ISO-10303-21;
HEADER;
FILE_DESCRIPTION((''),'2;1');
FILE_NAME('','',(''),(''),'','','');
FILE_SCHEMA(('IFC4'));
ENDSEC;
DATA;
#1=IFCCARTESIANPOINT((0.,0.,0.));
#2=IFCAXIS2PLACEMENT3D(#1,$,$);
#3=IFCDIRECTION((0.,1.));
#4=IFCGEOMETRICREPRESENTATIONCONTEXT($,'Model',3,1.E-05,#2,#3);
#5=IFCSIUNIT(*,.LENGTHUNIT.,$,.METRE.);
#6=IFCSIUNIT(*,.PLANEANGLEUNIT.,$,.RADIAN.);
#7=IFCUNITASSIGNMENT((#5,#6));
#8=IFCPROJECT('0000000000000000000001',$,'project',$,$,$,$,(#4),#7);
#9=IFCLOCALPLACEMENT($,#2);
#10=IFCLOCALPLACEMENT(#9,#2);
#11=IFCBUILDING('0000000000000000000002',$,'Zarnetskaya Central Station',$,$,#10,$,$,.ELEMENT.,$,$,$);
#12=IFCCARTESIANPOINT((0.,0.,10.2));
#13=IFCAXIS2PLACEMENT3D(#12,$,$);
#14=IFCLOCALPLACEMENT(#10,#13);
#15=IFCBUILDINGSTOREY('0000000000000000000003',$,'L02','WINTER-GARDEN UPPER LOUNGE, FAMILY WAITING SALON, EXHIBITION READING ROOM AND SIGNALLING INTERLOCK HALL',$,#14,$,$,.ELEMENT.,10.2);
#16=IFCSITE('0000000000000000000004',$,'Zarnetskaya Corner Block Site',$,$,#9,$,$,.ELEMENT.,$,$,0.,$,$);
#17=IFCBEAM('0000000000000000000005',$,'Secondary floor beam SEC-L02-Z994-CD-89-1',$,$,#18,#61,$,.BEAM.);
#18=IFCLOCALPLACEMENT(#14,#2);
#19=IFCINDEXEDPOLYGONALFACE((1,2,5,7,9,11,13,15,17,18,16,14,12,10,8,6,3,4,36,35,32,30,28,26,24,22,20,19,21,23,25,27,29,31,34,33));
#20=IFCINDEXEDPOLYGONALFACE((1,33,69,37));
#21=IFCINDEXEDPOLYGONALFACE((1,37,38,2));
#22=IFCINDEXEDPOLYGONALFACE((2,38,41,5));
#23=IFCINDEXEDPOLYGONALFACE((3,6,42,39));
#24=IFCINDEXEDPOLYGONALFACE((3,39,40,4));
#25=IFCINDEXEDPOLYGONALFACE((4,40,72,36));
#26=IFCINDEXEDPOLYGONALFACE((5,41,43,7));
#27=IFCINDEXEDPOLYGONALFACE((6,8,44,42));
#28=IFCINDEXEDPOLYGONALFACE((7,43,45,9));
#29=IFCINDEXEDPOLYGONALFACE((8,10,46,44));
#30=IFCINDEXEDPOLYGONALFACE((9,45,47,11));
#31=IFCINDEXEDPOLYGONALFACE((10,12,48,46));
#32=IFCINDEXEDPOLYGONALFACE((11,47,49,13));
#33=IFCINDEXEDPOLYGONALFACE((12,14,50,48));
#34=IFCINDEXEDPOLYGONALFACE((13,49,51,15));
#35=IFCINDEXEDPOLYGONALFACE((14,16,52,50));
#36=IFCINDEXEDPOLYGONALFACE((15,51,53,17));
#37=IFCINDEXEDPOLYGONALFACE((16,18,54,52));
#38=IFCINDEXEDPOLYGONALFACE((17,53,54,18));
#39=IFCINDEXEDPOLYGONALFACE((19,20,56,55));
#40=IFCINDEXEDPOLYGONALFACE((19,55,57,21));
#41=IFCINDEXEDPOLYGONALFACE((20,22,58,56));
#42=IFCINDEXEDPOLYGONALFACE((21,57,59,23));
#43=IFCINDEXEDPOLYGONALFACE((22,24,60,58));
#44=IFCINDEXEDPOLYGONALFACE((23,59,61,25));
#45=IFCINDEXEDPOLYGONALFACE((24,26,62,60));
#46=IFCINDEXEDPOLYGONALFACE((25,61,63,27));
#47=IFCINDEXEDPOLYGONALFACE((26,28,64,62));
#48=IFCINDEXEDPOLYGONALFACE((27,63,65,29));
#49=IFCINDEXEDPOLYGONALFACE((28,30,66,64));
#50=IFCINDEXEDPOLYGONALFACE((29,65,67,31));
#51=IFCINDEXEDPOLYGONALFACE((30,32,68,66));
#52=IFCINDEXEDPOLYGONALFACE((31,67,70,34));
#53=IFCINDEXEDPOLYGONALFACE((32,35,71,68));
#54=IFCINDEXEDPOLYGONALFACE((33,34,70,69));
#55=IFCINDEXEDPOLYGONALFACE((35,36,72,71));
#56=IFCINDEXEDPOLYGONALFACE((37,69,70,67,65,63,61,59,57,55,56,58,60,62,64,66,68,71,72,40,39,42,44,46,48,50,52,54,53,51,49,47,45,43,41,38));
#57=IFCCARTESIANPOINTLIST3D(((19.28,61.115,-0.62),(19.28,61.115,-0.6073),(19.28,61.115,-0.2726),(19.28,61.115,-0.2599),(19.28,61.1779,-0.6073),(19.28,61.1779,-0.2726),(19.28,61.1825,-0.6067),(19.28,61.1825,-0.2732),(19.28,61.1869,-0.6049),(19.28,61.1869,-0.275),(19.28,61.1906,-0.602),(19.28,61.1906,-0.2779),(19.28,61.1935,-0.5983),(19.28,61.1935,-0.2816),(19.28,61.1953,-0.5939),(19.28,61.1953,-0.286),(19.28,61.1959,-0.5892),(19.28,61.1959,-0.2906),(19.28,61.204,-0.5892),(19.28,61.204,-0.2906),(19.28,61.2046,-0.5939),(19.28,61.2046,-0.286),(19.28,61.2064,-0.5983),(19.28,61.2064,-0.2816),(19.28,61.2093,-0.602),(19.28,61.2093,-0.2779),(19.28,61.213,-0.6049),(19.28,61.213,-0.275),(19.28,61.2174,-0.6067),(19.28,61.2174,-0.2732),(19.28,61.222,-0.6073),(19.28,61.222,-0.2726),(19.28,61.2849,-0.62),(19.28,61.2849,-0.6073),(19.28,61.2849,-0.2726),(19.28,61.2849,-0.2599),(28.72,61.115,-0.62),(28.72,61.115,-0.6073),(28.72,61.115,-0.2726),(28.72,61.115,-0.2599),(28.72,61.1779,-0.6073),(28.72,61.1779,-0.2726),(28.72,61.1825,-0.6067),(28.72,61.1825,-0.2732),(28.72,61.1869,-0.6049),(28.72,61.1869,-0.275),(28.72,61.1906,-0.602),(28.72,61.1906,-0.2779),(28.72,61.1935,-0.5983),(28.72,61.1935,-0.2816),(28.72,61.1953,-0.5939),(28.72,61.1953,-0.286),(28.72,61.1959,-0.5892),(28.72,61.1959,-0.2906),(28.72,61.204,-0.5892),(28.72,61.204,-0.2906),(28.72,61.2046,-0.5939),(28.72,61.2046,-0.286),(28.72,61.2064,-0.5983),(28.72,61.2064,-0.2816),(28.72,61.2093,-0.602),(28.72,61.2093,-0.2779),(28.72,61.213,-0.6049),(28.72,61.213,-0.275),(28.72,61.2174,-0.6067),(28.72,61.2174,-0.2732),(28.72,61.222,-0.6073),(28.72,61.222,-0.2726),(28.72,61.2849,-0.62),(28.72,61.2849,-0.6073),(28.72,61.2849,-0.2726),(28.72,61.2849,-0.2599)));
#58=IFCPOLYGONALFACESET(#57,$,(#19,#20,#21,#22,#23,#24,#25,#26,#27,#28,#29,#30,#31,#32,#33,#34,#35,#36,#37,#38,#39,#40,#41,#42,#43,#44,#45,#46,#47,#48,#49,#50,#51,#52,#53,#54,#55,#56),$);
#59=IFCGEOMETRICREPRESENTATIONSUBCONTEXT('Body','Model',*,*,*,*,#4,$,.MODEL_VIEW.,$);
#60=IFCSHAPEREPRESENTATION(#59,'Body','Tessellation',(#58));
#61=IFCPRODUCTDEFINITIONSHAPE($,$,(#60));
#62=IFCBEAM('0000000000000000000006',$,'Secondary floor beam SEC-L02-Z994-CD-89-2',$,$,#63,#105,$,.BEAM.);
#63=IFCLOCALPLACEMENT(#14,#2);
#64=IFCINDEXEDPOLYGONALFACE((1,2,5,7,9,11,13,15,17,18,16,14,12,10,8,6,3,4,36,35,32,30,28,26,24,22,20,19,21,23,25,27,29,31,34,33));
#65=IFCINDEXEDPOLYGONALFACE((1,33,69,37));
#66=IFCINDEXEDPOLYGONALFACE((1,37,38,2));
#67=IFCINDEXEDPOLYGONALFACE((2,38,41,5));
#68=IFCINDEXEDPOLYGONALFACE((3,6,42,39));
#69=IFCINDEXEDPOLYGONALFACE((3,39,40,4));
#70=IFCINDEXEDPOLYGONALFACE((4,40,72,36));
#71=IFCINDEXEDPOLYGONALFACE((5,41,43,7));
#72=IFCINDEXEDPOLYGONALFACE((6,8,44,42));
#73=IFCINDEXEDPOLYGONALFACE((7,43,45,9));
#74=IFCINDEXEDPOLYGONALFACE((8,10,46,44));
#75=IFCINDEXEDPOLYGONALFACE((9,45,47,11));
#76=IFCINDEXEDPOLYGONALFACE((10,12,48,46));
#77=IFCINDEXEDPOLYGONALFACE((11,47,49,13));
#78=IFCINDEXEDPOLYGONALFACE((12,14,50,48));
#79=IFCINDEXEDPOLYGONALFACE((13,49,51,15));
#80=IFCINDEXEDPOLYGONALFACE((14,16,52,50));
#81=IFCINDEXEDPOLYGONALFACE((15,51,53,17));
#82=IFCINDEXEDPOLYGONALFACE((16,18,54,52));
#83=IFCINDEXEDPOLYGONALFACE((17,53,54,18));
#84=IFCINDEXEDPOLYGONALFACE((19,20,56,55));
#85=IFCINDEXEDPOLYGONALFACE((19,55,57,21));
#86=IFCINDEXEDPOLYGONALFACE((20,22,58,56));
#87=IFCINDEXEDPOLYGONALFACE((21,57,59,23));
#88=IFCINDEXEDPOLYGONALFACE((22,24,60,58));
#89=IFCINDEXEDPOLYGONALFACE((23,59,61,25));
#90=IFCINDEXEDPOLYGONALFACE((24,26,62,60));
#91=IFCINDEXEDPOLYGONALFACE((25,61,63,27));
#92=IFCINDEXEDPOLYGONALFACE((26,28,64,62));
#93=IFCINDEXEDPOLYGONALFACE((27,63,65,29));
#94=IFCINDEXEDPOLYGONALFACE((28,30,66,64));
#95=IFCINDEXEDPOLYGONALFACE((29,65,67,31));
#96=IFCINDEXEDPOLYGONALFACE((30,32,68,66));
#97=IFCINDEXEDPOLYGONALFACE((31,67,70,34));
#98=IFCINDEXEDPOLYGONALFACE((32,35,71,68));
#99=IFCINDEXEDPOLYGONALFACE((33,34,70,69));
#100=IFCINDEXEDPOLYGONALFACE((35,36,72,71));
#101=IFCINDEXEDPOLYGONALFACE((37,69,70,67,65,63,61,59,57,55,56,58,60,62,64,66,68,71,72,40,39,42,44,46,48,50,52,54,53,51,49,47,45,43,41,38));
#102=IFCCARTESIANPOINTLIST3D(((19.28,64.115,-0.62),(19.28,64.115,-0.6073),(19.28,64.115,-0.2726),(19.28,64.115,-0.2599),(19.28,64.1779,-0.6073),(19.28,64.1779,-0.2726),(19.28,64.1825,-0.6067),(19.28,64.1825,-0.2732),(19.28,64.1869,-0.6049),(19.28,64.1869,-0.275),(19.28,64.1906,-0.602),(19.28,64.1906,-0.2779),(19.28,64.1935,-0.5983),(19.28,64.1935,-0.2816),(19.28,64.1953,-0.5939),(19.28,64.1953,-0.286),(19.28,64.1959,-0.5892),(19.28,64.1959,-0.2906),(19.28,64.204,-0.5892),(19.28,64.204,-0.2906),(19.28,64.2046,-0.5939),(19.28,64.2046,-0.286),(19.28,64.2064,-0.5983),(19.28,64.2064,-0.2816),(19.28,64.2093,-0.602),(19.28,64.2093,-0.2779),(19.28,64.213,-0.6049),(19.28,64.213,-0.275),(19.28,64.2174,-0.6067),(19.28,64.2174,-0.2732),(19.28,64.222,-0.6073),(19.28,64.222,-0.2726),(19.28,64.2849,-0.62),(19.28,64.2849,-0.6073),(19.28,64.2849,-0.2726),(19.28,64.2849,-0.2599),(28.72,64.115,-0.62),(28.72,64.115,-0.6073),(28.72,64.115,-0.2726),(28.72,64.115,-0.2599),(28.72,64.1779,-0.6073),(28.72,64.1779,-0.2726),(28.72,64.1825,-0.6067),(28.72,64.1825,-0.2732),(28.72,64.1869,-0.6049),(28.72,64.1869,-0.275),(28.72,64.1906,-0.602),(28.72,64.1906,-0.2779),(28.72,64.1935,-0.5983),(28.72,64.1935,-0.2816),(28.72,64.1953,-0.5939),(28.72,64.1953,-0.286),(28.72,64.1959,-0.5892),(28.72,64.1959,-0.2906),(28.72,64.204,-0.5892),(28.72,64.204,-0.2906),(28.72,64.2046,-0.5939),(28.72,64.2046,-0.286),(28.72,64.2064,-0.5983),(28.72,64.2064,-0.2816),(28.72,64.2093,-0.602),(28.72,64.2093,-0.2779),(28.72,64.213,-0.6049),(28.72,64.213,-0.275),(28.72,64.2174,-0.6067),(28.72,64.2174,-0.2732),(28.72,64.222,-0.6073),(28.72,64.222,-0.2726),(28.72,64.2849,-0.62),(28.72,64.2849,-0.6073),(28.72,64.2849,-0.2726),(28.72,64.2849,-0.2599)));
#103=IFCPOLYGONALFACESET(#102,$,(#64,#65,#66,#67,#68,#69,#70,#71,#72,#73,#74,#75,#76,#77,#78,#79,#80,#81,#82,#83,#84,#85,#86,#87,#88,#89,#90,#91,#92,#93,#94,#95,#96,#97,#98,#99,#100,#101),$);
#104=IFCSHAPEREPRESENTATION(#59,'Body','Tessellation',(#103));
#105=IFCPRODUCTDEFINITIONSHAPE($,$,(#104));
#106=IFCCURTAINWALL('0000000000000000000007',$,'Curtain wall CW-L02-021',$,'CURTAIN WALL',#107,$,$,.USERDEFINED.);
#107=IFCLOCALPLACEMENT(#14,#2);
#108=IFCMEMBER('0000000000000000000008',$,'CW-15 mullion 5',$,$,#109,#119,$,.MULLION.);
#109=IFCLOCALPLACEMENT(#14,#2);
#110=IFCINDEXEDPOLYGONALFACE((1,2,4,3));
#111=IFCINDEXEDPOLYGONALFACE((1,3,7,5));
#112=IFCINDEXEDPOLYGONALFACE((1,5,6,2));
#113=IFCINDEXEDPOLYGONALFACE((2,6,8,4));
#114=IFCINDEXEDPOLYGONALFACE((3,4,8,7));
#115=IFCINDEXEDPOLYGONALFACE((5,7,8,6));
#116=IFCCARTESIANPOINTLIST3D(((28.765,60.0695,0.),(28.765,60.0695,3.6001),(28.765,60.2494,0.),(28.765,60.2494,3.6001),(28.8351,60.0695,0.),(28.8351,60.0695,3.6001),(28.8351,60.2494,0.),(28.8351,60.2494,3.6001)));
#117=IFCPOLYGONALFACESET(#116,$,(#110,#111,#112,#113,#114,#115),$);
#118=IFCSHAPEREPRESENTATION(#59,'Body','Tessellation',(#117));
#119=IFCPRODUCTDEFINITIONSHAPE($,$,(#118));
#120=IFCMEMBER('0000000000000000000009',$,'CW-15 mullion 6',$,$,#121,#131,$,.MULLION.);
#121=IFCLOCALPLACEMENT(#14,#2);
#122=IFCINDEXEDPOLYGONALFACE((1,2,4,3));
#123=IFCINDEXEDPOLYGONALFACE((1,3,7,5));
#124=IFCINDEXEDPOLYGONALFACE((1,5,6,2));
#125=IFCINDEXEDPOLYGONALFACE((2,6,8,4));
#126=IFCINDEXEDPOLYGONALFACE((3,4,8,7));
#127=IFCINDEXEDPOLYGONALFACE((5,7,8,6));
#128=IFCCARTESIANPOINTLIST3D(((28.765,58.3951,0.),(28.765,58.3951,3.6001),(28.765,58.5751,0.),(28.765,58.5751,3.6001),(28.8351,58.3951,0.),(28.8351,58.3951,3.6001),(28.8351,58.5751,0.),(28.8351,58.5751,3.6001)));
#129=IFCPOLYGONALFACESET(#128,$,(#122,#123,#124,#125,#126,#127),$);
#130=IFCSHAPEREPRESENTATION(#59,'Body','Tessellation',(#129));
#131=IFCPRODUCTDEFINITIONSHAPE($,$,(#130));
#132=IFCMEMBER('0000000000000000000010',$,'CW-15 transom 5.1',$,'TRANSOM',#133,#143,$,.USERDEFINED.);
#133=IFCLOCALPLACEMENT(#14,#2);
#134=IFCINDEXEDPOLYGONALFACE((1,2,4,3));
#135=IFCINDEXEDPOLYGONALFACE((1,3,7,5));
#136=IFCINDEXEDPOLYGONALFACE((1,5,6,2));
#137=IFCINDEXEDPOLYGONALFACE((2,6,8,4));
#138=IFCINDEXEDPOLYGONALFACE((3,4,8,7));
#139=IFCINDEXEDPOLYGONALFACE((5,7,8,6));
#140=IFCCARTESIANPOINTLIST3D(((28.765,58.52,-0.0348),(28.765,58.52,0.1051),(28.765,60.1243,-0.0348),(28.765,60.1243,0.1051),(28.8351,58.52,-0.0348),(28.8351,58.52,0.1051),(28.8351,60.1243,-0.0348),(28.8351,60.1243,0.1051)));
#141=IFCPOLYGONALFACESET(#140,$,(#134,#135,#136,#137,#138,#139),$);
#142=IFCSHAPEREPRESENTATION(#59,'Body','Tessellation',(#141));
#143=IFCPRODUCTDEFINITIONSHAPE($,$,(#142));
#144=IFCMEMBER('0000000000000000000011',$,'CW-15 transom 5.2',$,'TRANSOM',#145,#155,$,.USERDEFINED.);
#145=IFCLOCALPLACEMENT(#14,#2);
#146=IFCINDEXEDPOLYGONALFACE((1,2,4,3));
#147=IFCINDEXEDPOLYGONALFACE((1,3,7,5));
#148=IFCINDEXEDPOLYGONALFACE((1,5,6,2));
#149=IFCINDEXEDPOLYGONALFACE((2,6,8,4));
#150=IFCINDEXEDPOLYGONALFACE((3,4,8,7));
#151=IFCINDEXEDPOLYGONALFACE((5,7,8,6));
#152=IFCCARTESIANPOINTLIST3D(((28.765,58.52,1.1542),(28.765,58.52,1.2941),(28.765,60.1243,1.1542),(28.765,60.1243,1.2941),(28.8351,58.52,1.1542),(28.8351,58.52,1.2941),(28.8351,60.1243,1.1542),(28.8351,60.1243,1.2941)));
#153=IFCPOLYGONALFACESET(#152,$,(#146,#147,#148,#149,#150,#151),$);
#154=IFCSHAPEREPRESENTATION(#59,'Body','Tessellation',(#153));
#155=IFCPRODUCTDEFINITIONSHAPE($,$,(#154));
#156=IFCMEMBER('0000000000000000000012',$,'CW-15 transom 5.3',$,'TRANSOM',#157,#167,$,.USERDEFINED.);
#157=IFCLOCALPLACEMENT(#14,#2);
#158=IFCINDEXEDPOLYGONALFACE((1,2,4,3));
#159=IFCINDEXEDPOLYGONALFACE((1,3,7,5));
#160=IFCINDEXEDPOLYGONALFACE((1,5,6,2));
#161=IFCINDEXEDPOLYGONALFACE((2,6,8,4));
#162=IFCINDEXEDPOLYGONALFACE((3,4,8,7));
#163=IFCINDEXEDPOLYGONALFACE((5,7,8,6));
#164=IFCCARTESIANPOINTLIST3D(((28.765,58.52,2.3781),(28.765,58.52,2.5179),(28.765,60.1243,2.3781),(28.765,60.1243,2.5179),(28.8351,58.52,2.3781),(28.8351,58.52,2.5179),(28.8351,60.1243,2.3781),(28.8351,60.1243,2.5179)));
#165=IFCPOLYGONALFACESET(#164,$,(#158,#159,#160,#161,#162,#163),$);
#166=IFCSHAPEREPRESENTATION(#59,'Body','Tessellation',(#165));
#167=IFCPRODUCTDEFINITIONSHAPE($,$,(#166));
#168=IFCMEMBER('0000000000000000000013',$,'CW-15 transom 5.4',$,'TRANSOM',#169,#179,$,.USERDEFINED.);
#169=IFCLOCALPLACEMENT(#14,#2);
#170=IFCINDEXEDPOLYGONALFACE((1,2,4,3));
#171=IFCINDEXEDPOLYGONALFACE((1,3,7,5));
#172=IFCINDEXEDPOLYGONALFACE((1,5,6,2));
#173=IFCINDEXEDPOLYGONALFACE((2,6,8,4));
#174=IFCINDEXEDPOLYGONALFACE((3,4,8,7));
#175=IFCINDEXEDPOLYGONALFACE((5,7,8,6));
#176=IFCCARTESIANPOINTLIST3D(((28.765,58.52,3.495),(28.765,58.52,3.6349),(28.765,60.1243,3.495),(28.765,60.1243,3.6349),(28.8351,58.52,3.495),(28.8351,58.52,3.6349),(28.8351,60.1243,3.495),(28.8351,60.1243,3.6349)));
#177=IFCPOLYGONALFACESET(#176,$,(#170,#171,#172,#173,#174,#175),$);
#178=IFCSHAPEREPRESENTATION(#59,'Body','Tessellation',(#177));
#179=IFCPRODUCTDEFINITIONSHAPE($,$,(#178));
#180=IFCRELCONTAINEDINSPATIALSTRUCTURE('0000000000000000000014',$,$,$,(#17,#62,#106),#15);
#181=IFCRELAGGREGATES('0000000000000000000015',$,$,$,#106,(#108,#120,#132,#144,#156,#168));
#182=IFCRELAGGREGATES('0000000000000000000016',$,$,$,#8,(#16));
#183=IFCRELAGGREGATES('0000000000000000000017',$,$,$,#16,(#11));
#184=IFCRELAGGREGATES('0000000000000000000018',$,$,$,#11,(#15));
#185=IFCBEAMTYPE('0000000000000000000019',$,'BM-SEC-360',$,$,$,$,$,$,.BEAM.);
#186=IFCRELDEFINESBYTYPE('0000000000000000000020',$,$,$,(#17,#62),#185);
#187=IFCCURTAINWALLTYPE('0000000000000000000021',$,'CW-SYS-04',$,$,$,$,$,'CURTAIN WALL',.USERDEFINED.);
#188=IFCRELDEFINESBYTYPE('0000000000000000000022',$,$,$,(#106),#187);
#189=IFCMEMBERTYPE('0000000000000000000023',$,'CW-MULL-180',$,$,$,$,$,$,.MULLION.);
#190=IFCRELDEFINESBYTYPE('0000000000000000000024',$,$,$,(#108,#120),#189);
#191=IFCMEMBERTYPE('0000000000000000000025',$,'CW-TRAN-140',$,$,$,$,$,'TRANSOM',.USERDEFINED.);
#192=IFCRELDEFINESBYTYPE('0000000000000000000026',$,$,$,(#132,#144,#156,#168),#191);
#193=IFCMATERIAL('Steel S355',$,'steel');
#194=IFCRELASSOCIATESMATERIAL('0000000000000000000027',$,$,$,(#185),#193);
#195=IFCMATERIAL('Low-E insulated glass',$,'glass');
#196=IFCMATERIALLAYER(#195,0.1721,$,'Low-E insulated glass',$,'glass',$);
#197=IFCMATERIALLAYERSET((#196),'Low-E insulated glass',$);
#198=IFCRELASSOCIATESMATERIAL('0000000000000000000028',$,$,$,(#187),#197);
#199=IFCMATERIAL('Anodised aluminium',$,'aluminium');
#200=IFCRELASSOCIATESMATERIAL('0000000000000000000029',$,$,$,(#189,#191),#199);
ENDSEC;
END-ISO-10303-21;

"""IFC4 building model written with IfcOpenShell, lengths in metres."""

from ifc_helpers import new_model, si_unit, direction, frame, origin, origin_2d, place, context, subcontext, project, spatial, rectangle, i_section, extrude, material, layer, layer_set, material_profile, profile_set, type_object, element, aggregate, save


model = new_model("IFC4")

# Units and contexts
model_context = context("Model", 3, precision=1e-05, world=origin(), true_north=direction((0.0, 1.0)))
body_context = subcontext(model_context, "Body", "Model", "MODEL_VIEW")
ifc_project = project(units=[si_unit("LENGTHUNIT", "METRE"), si_unit("PLANEANGLEUNIT", "RADIAN")], contexts=[model_context])

# Site, building, storey
site_placement = place(None, origin())
site = spatial("IfcSite", under=ifc_project, at=site_placement, Name="Zarnetskaya Corner Block Site", CompositionType="ELEMENT", RefElevation=0.0)
building_placement = place(site_placement, origin())
building = spatial("IfcBuilding", under=site, at=building_placement, Name="Zarnetskaya Central Station", CompositionType="ELEMENT")
storey_placement = place(building_placement, frame((0.0, 0.0, 10.2)))
storey = spatial("IfcBuildingStorey", under=building, at=storey_placement, Name="L02", Description="WINTER-GARDEN UPPER LOUNGE, FAMILY WAITING SALON, EXHIBITION READING ROOM AND SIGNALLING INTERLOCK HALL", CompositionType="ELEMENT", Elevation=10.2)

# Shared definitions
ifc_material_1 = material(Name="Steel S355", Category="steel")

# Beams
ifc_material_profile_1 = material_profile(ifc_material_1, i_section(OverallWidth=0.1699, OverallDepth=0.3601, WebThickness=0.0081, FlangeThickness=0.0127, FilletRadius=0.0181, at=origin_2d()), Name="IPE 360")
ifc_profile_set_1 = profile_set([ifc_material_profile_1], Name="Steel S355")
beam_type_1 = type_object("IfcBeamType", Name="BM-SEC-360", PredefinedType="BEAM", material=ifc_profile_set_1)
for number, where, z_axis, x_axis, name in (
    (1, (19.28, 61.2, -0.4399), (1.0, 0.0, 0.0), (0.0, 1.0, 0.0), "Secondary floor beam SEC-L02-Z994-CD-89-1"),
    (2, (19.28, 64.2, -0.4399), (1.0, 0.0, 0.0), (0.0, 1.0, 0.0), "Secondary floor beam SEC-L02-Z994-CD-89-2"),
):
    element("IfcBeam", number, at=place(storey_placement, frame(where, z_axis=z_axis, x_axis=x_axis)), inside=storey, type_object=beam_type_1, Name=name, PredefinedType="BEAM", context=body_context, shape_type="SweptSolid", body=[
        extrude(i_section(OverallWidth=0.1699, OverallDepth=0.3601, WebThickness=0.0081, FlangeThickness=0.0127, FilletRadius=0.0181, at=origin_2d()), origin(), (0.0, 0.0, 1.0), 9.4399),
    ])

# Curtain wall, members
ifc_material_2 = material(Name="Low-E insulated glass", Category="glass")
ifc_layer_1 = layer(ifc_material_2, 0.1721, Name="Low-E insulated glass", Category="glass")
ifc_layer_set_1 = layer_set([ifc_layer_1], Name="Low-E insulated glass")
curtain_wall_type = type_object("IfcCurtainWallType", Name="CW-SYS-04", ElementType="CURTAIN WALL", PredefinedType="USERDEFINED", material=ifc_layer_set_1)
curtain_wall_placement = place(storey_placement, origin())
curtain_wall = element("IfcCurtainWall", 3, at=curtain_wall_placement, inside=storey, type_object=curtain_wall_type, Name="Curtain wall CW-L02-021", ObjectType="CURTAIN WALL", PredefinedType="USERDEFINED")
ifc_material_3 = material(Name="Anodised aluminium", Category="aluminium")
ifc_material_profile_2 = material_profile(ifc_material_3, rectangle(XDim=0.0701, YDim=0.1799, at=origin_2d()), Name="ALU MULL 70x180")
ifc_profile_set_2 = profile_set([ifc_material_profile_2], Name="Anodised aluminium")
member_type_1 = type_object("IfcMemberType", Name="CW-MULL-180", PredefinedType="MULLION", material=ifc_profile_set_2)
member_1_placement = place(storey_placement, frame((28.8, 60.1594, 0.0), z_axis=(0.0, 0.0, 1.0), x_axis=(1.0, 0.0, 0.0)))
member_1 = element("IfcMember", 4, at=member_1_placement, type_object=member_type_1, Name="CW-15 mullion 5", PredefinedType="MULLION", context=body_context, shape_type="SweptSolid", body=[
    extrude(rectangle(XDim=0.0701, YDim=0.1799, at=origin_2d()), origin(), (0.0, 0.0, 1.0), 3.6001),
])
member_2_placement = place(storey_placement, frame((28.8, 58.4851, 0.0), z_axis=(0.0, 0.0, 1.0), x_axis=(1.0, 0.0, 0.0)))
member_2 = element("IfcMember", 5, at=member_2_placement, type_object=member_type_1, Name="CW-15 mullion 6", PredefinedType="MULLION", context=body_context, shape_type="SweptSolid", body=[
    extrude(rectangle(XDim=0.0701, YDim=0.1799, at=origin_2d()), origin(), (0.0, 0.0, 1.0), 3.6001),
])
ifc_material_profile_3 = material_profile(ifc_material_3, rectangle(XDim=0.0701, YDim=0.1399, at=origin_2d()), Name="ALU TRAN 70x140")
ifc_profile_set_3 = profile_set([ifc_material_profile_3], Name="Anodised aluminium")
member_type_2 = type_object("IfcMemberType", Name="CW-TRAN-140", ElementType="TRANSOM", PredefinedType="USERDEFINED", material=ifc_profile_set_3)
member_3_placement = place(storey_placement, frame((28.8, 60.1243, 0.0352), z_axis=(0.0, -1.0, 0.0), x_axis=(1.0, 0.0, 0.0)))
member_3 = element("IfcMember", 6, at=member_3_placement, type_object=member_type_2, Name="CW-15 transom 5.1", ObjectType="TRANSOM", PredefinedType="USERDEFINED", context=body_context, shape_type="SweptSolid", body=[
    extrude(rectangle(XDim=0.0701, YDim=0.1399, at=origin_2d()), origin(), (0.0, 0.0, 1.0), 1.6042),
])
member_4_placement = place(storey_placement, frame((28.8, 60.1243, 1.2241), z_axis=(0.0, -1.0, 0.0), x_axis=(1.0, 0.0, 0.0)))
member_4 = element("IfcMember", 7, at=member_4_placement, type_object=member_type_2, Name="CW-15 transom 5.2", ObjectType="TRANSOM", PredefinedType="USERDEFINED", context=body_context, shape_type="SweptSolid", body=[
    extrude(rectangle(XDim=0.0701, YDim=0.1399, at=origin_2d()), origin(), (0.0, 0.0, 1.0), 1.6042),
])
member_5_placement = place(storey_placement, frame((28.8, 60.1243, 2.448), z_axis=(0.0, -1.0, 0.0), x_axis=(1.0, 0.0, 0.0)))
member_5 = element("IfcMember", 8, at=member_5_placement, type_object=member_type_2, Name="CW-15 transom 5.3", ObjectType="TRANSOM", PredefinedType="USERDEFINED", context=body_context, shape_type="SweptSolid", body=[
    extrude(rectangle(XDim=0.0701, YDim=0.1399, at=origin_2d()), origin(), (0.0, 0.0, 1.0), 1.6042),
])
member_6_placement = place(storey_placement, frame((28.8, 60.1243, 3.5649), z_axis=(0.0, -1.0, 0.0), x_axis=(1.0, 0.0, 0.0)))
member_6 = element("IfcMember", 9, at=member_6_placement, type_object=member_type_2, Name="CW-15 transom 5.4", ObjectType="TRANSOM", PredefinedType="USERDEFINED", context=body_context, shape_type="SweptSolid", body=[
    extrude(rectangle(XDim=0.0701, YDim=0.1399, at=origin_2d()), origin(), (0.0, 0.0, 1.0), 1.6042),
])

aggregate(curtain_wall, [member_1, member_2, member_3, member_4, member_5, member_6])

save(model, "model.ifc")
